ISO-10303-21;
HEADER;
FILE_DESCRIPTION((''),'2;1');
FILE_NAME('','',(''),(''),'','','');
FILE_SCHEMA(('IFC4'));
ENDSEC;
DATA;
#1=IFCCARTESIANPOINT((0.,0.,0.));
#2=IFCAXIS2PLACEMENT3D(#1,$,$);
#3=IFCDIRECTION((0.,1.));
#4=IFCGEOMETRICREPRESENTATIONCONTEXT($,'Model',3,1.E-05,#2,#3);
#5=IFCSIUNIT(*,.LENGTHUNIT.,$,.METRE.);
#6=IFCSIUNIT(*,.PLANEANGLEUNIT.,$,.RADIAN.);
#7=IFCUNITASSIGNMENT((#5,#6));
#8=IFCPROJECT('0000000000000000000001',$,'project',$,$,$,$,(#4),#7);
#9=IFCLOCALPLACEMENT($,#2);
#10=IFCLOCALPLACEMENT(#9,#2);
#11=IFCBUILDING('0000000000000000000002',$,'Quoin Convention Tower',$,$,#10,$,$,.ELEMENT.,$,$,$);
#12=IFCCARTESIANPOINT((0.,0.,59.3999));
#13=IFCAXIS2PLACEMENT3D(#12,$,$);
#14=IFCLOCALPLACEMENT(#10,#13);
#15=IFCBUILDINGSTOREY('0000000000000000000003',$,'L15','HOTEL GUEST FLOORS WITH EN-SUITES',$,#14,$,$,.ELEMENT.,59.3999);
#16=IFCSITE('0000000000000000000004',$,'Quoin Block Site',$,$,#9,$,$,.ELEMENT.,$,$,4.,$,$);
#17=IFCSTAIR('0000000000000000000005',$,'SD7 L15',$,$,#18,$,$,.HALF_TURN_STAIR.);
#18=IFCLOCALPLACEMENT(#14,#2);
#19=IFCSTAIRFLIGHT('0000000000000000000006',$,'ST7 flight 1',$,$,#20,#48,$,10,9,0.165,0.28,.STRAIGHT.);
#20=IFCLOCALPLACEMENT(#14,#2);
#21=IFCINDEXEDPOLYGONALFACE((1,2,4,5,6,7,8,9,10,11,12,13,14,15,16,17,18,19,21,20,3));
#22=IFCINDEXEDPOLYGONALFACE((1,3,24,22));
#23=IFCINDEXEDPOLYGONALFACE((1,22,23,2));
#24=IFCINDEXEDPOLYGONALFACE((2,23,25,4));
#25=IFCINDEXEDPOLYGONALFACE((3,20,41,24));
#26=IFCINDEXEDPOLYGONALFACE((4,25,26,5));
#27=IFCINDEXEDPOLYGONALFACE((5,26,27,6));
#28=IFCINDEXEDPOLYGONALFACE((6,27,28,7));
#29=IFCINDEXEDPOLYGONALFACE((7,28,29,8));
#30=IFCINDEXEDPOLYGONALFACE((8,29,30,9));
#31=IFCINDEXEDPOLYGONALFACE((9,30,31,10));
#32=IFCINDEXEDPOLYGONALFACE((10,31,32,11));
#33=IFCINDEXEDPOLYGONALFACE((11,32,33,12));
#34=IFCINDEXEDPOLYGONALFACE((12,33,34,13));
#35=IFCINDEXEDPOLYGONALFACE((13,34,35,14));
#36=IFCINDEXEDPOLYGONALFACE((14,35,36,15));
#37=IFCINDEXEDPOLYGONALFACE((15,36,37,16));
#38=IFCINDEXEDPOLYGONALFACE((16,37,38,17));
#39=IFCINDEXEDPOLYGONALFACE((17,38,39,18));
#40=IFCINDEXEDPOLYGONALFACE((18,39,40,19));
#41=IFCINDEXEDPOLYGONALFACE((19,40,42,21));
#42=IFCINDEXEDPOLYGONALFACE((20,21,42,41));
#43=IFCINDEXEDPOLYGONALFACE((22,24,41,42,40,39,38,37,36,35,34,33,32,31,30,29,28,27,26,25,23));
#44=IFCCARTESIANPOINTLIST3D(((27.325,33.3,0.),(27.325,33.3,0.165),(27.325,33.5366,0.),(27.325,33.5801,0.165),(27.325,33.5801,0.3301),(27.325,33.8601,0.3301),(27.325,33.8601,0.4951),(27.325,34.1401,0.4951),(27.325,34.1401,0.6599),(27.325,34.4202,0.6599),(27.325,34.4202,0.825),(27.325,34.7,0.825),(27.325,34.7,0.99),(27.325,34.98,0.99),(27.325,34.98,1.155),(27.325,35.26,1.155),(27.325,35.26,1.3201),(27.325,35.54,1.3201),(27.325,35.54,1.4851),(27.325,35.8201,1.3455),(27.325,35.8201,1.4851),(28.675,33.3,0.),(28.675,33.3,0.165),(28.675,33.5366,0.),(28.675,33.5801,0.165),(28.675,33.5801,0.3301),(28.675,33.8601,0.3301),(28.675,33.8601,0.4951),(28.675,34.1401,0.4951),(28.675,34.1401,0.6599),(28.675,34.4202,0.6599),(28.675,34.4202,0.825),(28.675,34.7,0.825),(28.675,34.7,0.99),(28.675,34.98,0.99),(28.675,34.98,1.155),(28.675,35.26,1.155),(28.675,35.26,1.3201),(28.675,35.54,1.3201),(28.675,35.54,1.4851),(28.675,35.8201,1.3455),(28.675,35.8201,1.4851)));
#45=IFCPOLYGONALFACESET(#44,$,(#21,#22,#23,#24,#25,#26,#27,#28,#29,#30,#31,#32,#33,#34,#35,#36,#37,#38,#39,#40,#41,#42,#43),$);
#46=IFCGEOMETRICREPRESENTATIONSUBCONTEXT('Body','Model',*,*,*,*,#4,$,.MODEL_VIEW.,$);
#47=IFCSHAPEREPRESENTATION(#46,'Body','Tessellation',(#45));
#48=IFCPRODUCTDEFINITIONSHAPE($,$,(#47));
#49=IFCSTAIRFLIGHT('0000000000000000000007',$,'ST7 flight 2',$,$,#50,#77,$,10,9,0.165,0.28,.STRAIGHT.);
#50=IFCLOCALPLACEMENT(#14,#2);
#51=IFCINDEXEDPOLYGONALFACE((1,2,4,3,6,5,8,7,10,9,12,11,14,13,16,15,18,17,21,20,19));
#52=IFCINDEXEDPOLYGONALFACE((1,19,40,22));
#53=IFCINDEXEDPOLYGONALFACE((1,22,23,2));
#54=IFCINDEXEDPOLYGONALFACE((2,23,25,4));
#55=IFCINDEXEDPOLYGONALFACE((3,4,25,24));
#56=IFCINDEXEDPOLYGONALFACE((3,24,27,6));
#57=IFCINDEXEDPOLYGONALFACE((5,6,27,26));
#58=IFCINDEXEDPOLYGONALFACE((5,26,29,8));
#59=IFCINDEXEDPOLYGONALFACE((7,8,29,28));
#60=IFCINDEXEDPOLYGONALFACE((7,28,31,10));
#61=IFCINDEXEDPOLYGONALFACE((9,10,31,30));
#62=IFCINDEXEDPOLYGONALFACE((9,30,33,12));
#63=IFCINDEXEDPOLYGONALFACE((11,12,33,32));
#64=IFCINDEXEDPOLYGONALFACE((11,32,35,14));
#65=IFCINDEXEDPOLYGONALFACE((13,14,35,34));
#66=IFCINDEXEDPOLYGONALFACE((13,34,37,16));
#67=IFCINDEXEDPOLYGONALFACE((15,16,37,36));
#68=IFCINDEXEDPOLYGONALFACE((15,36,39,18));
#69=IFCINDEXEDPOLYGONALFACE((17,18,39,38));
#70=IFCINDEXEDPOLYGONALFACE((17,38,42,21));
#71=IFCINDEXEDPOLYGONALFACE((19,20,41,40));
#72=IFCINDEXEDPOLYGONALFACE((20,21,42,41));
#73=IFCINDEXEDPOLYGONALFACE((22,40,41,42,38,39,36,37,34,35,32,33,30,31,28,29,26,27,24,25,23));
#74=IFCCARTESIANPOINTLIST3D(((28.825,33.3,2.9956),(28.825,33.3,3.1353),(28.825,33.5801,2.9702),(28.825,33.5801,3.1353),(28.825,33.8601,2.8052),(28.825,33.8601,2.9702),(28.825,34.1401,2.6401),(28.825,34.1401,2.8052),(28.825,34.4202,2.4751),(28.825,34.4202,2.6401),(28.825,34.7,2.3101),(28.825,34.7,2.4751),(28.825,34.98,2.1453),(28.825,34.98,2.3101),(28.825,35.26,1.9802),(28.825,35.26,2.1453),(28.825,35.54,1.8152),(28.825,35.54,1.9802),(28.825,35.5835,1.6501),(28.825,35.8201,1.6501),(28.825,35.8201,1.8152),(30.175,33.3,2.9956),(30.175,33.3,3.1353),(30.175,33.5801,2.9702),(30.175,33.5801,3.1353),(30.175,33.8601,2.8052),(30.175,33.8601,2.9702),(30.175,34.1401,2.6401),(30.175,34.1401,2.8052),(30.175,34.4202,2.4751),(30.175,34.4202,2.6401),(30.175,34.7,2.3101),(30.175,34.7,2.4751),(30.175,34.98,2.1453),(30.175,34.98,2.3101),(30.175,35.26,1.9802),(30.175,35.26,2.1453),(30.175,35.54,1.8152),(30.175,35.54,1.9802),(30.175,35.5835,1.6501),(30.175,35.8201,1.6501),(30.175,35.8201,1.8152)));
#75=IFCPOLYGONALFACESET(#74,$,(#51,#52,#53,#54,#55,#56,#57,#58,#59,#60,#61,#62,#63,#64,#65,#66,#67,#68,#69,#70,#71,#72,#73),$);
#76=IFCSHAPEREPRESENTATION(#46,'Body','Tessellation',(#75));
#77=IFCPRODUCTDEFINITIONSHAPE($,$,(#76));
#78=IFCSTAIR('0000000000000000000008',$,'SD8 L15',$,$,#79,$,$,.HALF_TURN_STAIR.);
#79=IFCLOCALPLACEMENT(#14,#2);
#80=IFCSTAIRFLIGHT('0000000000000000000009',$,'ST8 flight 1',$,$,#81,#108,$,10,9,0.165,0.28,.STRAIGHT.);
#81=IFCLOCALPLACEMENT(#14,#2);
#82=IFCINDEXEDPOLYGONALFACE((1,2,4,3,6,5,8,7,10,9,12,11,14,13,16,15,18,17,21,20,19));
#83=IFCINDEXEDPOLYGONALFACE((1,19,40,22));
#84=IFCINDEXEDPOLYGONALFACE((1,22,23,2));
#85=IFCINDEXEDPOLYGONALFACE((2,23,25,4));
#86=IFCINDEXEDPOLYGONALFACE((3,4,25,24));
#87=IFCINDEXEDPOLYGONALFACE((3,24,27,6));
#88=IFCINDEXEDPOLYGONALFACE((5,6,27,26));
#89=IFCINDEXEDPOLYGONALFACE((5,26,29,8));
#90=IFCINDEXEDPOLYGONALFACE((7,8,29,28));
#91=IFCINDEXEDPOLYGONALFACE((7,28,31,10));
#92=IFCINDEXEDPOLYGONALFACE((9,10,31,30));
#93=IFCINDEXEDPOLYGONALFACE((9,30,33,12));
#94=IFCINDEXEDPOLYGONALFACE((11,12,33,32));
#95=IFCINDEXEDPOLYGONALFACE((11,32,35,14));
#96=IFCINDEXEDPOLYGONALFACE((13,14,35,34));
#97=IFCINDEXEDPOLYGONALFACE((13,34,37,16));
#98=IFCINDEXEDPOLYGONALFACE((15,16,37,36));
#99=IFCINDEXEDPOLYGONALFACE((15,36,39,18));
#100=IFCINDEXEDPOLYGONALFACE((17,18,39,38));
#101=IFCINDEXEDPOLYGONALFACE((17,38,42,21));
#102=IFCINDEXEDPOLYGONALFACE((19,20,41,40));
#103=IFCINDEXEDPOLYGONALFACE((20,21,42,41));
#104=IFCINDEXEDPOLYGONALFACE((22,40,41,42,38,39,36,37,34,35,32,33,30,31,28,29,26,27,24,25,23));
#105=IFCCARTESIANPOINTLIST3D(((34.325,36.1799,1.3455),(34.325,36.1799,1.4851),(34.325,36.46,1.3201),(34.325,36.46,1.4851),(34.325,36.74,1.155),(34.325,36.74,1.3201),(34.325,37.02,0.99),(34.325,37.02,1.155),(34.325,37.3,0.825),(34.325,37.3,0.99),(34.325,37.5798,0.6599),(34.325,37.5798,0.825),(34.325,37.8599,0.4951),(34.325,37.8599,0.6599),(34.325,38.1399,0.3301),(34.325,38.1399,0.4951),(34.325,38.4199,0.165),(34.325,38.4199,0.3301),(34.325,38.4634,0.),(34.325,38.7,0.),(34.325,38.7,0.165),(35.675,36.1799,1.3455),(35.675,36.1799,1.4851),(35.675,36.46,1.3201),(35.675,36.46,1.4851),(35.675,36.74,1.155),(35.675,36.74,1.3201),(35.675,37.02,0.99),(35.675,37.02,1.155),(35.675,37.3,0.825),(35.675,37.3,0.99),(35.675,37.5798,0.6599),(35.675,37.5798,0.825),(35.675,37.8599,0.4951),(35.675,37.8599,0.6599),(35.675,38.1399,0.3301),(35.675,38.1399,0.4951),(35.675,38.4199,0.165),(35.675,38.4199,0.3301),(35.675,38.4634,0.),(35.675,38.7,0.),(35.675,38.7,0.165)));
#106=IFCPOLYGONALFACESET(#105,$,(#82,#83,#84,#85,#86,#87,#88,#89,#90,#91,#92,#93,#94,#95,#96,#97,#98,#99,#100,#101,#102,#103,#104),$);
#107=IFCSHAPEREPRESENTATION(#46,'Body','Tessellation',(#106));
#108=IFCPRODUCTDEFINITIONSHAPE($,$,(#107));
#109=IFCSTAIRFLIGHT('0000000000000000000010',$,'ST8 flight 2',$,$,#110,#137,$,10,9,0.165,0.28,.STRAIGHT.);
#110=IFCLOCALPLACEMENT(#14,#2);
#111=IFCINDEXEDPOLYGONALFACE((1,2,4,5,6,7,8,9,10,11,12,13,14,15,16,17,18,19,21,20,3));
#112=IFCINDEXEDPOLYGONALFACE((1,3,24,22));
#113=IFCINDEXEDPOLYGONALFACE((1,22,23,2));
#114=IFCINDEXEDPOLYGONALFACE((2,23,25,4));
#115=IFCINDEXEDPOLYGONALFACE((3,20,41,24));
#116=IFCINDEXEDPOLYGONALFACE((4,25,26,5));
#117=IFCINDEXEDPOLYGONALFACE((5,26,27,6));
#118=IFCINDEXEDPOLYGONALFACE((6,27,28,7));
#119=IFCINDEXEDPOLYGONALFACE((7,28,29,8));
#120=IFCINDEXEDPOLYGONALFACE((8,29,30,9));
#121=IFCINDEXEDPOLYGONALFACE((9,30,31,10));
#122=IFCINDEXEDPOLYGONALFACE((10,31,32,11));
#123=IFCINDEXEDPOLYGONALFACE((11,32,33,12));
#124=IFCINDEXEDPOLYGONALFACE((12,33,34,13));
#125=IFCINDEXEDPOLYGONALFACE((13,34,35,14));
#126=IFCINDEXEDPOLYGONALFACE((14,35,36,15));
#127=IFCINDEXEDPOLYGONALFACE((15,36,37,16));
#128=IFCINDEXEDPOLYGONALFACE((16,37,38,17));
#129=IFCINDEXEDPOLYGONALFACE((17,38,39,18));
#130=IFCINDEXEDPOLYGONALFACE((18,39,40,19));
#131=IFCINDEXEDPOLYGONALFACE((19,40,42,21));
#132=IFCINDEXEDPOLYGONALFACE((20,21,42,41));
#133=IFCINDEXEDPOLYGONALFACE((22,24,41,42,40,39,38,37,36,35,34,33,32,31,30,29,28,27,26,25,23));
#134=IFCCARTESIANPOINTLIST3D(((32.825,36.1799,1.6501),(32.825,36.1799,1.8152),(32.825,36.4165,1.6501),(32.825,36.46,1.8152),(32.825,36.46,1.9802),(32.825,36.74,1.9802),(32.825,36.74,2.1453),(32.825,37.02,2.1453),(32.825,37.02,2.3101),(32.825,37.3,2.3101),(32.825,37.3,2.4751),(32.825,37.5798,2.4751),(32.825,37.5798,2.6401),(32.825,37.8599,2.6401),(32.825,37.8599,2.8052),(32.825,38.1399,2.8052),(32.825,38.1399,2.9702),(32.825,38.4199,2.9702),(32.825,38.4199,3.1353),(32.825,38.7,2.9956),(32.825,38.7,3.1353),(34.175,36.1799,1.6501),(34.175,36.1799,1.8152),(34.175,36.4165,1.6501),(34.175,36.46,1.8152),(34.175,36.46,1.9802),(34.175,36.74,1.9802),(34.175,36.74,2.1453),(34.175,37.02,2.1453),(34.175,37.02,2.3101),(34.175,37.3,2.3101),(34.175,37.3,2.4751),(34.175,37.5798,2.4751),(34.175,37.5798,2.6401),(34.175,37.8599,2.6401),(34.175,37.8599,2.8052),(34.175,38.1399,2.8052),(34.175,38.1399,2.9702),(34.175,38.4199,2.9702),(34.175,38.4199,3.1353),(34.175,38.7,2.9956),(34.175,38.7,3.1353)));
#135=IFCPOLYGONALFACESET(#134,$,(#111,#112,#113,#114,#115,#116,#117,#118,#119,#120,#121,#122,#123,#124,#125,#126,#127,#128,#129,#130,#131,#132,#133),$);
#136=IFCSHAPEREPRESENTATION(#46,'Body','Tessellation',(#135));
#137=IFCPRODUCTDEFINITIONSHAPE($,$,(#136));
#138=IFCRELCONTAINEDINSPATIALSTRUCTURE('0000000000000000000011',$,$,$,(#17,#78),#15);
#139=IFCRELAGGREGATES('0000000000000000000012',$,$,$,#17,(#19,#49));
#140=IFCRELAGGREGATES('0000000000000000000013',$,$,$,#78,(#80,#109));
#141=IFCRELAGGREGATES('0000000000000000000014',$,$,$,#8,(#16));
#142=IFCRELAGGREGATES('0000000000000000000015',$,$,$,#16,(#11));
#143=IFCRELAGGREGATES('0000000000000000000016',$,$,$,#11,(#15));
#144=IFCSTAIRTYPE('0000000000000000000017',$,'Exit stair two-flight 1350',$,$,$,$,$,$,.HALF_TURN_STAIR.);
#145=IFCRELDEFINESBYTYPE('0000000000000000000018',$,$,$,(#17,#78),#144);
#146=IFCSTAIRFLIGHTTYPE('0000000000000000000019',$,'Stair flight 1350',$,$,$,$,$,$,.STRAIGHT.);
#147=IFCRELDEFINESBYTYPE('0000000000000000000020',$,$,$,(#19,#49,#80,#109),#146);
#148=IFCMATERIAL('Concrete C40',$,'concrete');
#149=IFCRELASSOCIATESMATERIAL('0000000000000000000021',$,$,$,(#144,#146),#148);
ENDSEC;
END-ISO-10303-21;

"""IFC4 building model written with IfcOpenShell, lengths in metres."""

from ifc_helpers import new_model, si_unit, direction, frame, origin, place, context, subcontext, project, spatial, polyline, outline, extrude, material, type_object, element, aggregate, save


model = new_model("IFC4")

# Units and contexts
model_context = context("Model", 3, precision=1e-05, world=origin(), true_north=direction((0.0, 1.0)))
body_context = subcontext(model_context, "Body", "Model", "MODEL_VIEW")
ifc_project = project(units=[si_unit("LENGTHUNIT", "METRE"), si_unit("PLANEANGLEUNIT", "RADIAN")], contexts=[model_context])

# Site, building, storey
site_placement = place(None, origin())
site = spatial("IfcSite", under=ifc_project, at=site_placement, Name="Quoin Block Site", CompositionType="ELEMENT", RefElevation=4.0)
building_placement = place(site_placement, origin())
building = spatial("IfcBuilding", under=site, at=building_placement, Name="Quoin Convention Tower", CompositionType="ELEMENT")
storey_placement = place(building_placement, frame((0.0, 0.0, 59.3999)))
storey = spatial("IfcBuildingStorey", under=building, at=storey_placement, Name="L15", Description="HOTEL GUEST FLOORS WITH EN-SUITES", CompositionType="ELEMENT", Elevation=59.3999)

# Stairs, stair flights
ifc_material_1 = material(Name="Concrete C40", Category="concrete")
stair_type = type_object("IfcStairType", Name="Exit stair two-flight 1350", PredefinedType="HALF_TURN_STAIR", material=ifc_material_1)
stair_1_placement = place(storey_placement, origin())
stair_1 = element("IfcStair", 1, at=stair_1_placement, inside=storey, type_object=stair_type, Name="SD7 L15", PredefinedType="HALF_TURN_STAIR")
stair_flight_type = type_object("IfcStairFlightType", Name="Stair flight 1350", PredefinedType="STRAIGHT", material=ifc_material_1)
stair_flight_1_placement = place(storey_placement, frame((28.0, 33.3, 0.0), z_axis=(0.0, 0.0, 1.0), x_axis=(0.0, 1.0, 0.0)))
stair_flight_1 = element("IfcStairFlight", 2, at=stair_flight_1_placement, type_object=stair_flight_type, Name="ST7 flight 1", NumberOfRisers=10, NumberOfTreads=9, PredefinedType="STRAIGHT", RiserHeight=0.165, TreadLength=0.28, context=body_context, shape_type="SweptSolid", body=[
    extrude(outline(polyline([(0.0, 0.0), (0.0, 0.165), (0.28, 0.165), (0.28, 0.3301), (0.5601, 0.3301), (0.5601, 0.4951), (0.8401, 0.4951), (0.8401, 0.6599), (1.1201, 0.6599), (1.1201, 0.825), (1.3999, 0.825), (1.3999, 0.99), (1.6799, 0.99), (1.6799, 1.155), (1.96, 1.155), (1.96, 1.3201), (2.24, 1.3201), (2.24, 1.4851), (2.52, 1.4851), (2.52, 1.6499), (2.52, 1.3455), (0.2366, 0.0), (0.0, 0.0)])), frame((0.0, 0.675, 0.0), z_axis=(0.0, -1.0, 0.0), x_axis=(1.0, 0.0, 0.0)), (0.0, 0.0, 1.0), 1.3501),
])
stair_flight_2_placement = place(storey_placement, frame((29.5, 35.8201, 1.6501), z_axis=(0.0, 0.0, 1.0), x_axis=(0.0, -1.0, 0.0)))
stair_flight_2 = element("IfcStairFlight", 3, at=stair_flight_2_placement, type_object=stair_flight_type, Name="ST7 flight 2", NumberOfRisers=10, NumberOfTreads=9, PredefinedType="STRAIGHT", RiserHeight=0.165, TreadLength=0.28, context=body_context, shape_type="SweptSolid", body=[
    extrude(outline(polyline([(0.0, 0.0), (0.0, 0.165), (0.28, 0.165), (0.28, 0.3301), (0.5601, 0.3301), (0.5601, 0.4951), (0.8401, 0.4951), (0.8401, 0.6599), (1.1201, 0.6599), (1.1201, 0.825), (1.3999, 0.825), (1.3999, 0.99), (1.6799, 0.99), (1.6799, 1.155), (1.96, 1.155), (1.96, 1.3201), (2.24, 1.3201), (2.24, 1.4851), (2.52, 1.4851), (2.52, 1.6499), (2.52, 1.3455), (0.2366, 0.0), (0.0, 0.0)])), frame((0.0, 0.675, 0.0), z_axis=(0.0, -1.0, 0.0), x_axis=(1.0, 0.0, 0.0)), (0.0, 0.0, 1.0), 1.3501),
])
aggregate(stair_1, [stair_flight_1, stair_flight_2])
stair_2_placement = place(storey_placement, origin())
stair_2 = element("IfcStair", 4, at=stair_2_placement, inside=storey, type_object=stair_type, Name="SD8 L15", PredefinedType="HALF_TURN_STAIR")
stair_flight_3_placement = place(storey_placement, frame((35.0, 38.7, 0.0), z_axis=(0.0, 0.0, 1.0), x_axis=(0.0, -1.0, 0.0)))
stair_flight_3 = element("IfcStairFlight", 5, at=stair_flight_3_placement, type_object=stair_flight_type, Name="ST8 flight 1", NumberOfRisers=10, NumberOfTreads=9, PredefinedType="STRAIGHT", RiserHeight=0.165, TreadLength=0.28, context=body_context, shape_type="SweptSolid", body=[
    extrude(outline(polyline([(0.0, 0.0), (0.0, 0.165), (0.28, 0.165), (0.28, 0.3301), (0.5601, 0.3301), (0.5601, 0.4951), (0.8401, 0.4951), (0.8401, 0.6599), (1.1201, 0.6599), (1.1201, 0.825), (1.3999, 0.825), (1.3999, 0.99), (1.6799, 0.99), (1.6799, 1.155), (1.96, 1.155), (1.96, 1.3201), (2.24, 1.3201), (2.24, 1.4851), (2.52, 1.4851), (2.52, 1.6499), (2.52, 1.3455), (0.2366, 0.0), (0.0, 0.0)])), frame((0.0, 0.675, 0.0), z_axis=(0.0, -1.0, 0.0), x_axis=(1.0, 0.0, 0.0)), (0.0, 0.0, 1.0), 1.3501),
])
stair_flight_4_placement = place(storey_placement, frame((33.5, 36.1799, 1.6501), z_axis=(0.0, 0.0, 1.0), x_axis=(0.0, 1.0, 0.0)))
stair_flight_4 = element("IfcStairFlight", 6, at=stair_flight_4_placement, type_object=stair_flight_type, Name="ST8 flight 2", NumberOfRisers=10, NumberOfTreads=9, PredefinedType="STRAIGHT", RiserHeight=0.165, TreadLength=0.28, context=body_context, shape_type="SweptSolid", body=[
    extrude(outline(polyline([(0.0, 0.0), (0.0, 0.165), (0.28, 0.165), (0.28, 0.3301), (0.5601, 0.3301), (0.5601, 0.4951), (0.8401, 0.4951), (0.8401, 0.6599), (1.1201, 0.6599), (1.1201, 0.825), (1.3999, 0.825), (1.3999, 0.99), (1.6799, 0.99), (1.6799, 1.155), (1.96, 1.155), (1.96, 1.3201), (2.24, 1.3201), (2.24, 1.4851), (2.52, 1.4851), (2.52, 1.6499), (2.52, 1.3455), (0.2366, 0.0), (0.0, 0.0)])), frame((0.0, 0.675, 0.0), z_axis=(0.0, -1.0, 0.0), x_axis=(1.0, 0.0, 0.0)), (0.0, 0.0, 1.0), 1.3501),
])
aggregate(stair_2, [stair_flight_3, stair_flight_4])

save(model, "model.ifc")
